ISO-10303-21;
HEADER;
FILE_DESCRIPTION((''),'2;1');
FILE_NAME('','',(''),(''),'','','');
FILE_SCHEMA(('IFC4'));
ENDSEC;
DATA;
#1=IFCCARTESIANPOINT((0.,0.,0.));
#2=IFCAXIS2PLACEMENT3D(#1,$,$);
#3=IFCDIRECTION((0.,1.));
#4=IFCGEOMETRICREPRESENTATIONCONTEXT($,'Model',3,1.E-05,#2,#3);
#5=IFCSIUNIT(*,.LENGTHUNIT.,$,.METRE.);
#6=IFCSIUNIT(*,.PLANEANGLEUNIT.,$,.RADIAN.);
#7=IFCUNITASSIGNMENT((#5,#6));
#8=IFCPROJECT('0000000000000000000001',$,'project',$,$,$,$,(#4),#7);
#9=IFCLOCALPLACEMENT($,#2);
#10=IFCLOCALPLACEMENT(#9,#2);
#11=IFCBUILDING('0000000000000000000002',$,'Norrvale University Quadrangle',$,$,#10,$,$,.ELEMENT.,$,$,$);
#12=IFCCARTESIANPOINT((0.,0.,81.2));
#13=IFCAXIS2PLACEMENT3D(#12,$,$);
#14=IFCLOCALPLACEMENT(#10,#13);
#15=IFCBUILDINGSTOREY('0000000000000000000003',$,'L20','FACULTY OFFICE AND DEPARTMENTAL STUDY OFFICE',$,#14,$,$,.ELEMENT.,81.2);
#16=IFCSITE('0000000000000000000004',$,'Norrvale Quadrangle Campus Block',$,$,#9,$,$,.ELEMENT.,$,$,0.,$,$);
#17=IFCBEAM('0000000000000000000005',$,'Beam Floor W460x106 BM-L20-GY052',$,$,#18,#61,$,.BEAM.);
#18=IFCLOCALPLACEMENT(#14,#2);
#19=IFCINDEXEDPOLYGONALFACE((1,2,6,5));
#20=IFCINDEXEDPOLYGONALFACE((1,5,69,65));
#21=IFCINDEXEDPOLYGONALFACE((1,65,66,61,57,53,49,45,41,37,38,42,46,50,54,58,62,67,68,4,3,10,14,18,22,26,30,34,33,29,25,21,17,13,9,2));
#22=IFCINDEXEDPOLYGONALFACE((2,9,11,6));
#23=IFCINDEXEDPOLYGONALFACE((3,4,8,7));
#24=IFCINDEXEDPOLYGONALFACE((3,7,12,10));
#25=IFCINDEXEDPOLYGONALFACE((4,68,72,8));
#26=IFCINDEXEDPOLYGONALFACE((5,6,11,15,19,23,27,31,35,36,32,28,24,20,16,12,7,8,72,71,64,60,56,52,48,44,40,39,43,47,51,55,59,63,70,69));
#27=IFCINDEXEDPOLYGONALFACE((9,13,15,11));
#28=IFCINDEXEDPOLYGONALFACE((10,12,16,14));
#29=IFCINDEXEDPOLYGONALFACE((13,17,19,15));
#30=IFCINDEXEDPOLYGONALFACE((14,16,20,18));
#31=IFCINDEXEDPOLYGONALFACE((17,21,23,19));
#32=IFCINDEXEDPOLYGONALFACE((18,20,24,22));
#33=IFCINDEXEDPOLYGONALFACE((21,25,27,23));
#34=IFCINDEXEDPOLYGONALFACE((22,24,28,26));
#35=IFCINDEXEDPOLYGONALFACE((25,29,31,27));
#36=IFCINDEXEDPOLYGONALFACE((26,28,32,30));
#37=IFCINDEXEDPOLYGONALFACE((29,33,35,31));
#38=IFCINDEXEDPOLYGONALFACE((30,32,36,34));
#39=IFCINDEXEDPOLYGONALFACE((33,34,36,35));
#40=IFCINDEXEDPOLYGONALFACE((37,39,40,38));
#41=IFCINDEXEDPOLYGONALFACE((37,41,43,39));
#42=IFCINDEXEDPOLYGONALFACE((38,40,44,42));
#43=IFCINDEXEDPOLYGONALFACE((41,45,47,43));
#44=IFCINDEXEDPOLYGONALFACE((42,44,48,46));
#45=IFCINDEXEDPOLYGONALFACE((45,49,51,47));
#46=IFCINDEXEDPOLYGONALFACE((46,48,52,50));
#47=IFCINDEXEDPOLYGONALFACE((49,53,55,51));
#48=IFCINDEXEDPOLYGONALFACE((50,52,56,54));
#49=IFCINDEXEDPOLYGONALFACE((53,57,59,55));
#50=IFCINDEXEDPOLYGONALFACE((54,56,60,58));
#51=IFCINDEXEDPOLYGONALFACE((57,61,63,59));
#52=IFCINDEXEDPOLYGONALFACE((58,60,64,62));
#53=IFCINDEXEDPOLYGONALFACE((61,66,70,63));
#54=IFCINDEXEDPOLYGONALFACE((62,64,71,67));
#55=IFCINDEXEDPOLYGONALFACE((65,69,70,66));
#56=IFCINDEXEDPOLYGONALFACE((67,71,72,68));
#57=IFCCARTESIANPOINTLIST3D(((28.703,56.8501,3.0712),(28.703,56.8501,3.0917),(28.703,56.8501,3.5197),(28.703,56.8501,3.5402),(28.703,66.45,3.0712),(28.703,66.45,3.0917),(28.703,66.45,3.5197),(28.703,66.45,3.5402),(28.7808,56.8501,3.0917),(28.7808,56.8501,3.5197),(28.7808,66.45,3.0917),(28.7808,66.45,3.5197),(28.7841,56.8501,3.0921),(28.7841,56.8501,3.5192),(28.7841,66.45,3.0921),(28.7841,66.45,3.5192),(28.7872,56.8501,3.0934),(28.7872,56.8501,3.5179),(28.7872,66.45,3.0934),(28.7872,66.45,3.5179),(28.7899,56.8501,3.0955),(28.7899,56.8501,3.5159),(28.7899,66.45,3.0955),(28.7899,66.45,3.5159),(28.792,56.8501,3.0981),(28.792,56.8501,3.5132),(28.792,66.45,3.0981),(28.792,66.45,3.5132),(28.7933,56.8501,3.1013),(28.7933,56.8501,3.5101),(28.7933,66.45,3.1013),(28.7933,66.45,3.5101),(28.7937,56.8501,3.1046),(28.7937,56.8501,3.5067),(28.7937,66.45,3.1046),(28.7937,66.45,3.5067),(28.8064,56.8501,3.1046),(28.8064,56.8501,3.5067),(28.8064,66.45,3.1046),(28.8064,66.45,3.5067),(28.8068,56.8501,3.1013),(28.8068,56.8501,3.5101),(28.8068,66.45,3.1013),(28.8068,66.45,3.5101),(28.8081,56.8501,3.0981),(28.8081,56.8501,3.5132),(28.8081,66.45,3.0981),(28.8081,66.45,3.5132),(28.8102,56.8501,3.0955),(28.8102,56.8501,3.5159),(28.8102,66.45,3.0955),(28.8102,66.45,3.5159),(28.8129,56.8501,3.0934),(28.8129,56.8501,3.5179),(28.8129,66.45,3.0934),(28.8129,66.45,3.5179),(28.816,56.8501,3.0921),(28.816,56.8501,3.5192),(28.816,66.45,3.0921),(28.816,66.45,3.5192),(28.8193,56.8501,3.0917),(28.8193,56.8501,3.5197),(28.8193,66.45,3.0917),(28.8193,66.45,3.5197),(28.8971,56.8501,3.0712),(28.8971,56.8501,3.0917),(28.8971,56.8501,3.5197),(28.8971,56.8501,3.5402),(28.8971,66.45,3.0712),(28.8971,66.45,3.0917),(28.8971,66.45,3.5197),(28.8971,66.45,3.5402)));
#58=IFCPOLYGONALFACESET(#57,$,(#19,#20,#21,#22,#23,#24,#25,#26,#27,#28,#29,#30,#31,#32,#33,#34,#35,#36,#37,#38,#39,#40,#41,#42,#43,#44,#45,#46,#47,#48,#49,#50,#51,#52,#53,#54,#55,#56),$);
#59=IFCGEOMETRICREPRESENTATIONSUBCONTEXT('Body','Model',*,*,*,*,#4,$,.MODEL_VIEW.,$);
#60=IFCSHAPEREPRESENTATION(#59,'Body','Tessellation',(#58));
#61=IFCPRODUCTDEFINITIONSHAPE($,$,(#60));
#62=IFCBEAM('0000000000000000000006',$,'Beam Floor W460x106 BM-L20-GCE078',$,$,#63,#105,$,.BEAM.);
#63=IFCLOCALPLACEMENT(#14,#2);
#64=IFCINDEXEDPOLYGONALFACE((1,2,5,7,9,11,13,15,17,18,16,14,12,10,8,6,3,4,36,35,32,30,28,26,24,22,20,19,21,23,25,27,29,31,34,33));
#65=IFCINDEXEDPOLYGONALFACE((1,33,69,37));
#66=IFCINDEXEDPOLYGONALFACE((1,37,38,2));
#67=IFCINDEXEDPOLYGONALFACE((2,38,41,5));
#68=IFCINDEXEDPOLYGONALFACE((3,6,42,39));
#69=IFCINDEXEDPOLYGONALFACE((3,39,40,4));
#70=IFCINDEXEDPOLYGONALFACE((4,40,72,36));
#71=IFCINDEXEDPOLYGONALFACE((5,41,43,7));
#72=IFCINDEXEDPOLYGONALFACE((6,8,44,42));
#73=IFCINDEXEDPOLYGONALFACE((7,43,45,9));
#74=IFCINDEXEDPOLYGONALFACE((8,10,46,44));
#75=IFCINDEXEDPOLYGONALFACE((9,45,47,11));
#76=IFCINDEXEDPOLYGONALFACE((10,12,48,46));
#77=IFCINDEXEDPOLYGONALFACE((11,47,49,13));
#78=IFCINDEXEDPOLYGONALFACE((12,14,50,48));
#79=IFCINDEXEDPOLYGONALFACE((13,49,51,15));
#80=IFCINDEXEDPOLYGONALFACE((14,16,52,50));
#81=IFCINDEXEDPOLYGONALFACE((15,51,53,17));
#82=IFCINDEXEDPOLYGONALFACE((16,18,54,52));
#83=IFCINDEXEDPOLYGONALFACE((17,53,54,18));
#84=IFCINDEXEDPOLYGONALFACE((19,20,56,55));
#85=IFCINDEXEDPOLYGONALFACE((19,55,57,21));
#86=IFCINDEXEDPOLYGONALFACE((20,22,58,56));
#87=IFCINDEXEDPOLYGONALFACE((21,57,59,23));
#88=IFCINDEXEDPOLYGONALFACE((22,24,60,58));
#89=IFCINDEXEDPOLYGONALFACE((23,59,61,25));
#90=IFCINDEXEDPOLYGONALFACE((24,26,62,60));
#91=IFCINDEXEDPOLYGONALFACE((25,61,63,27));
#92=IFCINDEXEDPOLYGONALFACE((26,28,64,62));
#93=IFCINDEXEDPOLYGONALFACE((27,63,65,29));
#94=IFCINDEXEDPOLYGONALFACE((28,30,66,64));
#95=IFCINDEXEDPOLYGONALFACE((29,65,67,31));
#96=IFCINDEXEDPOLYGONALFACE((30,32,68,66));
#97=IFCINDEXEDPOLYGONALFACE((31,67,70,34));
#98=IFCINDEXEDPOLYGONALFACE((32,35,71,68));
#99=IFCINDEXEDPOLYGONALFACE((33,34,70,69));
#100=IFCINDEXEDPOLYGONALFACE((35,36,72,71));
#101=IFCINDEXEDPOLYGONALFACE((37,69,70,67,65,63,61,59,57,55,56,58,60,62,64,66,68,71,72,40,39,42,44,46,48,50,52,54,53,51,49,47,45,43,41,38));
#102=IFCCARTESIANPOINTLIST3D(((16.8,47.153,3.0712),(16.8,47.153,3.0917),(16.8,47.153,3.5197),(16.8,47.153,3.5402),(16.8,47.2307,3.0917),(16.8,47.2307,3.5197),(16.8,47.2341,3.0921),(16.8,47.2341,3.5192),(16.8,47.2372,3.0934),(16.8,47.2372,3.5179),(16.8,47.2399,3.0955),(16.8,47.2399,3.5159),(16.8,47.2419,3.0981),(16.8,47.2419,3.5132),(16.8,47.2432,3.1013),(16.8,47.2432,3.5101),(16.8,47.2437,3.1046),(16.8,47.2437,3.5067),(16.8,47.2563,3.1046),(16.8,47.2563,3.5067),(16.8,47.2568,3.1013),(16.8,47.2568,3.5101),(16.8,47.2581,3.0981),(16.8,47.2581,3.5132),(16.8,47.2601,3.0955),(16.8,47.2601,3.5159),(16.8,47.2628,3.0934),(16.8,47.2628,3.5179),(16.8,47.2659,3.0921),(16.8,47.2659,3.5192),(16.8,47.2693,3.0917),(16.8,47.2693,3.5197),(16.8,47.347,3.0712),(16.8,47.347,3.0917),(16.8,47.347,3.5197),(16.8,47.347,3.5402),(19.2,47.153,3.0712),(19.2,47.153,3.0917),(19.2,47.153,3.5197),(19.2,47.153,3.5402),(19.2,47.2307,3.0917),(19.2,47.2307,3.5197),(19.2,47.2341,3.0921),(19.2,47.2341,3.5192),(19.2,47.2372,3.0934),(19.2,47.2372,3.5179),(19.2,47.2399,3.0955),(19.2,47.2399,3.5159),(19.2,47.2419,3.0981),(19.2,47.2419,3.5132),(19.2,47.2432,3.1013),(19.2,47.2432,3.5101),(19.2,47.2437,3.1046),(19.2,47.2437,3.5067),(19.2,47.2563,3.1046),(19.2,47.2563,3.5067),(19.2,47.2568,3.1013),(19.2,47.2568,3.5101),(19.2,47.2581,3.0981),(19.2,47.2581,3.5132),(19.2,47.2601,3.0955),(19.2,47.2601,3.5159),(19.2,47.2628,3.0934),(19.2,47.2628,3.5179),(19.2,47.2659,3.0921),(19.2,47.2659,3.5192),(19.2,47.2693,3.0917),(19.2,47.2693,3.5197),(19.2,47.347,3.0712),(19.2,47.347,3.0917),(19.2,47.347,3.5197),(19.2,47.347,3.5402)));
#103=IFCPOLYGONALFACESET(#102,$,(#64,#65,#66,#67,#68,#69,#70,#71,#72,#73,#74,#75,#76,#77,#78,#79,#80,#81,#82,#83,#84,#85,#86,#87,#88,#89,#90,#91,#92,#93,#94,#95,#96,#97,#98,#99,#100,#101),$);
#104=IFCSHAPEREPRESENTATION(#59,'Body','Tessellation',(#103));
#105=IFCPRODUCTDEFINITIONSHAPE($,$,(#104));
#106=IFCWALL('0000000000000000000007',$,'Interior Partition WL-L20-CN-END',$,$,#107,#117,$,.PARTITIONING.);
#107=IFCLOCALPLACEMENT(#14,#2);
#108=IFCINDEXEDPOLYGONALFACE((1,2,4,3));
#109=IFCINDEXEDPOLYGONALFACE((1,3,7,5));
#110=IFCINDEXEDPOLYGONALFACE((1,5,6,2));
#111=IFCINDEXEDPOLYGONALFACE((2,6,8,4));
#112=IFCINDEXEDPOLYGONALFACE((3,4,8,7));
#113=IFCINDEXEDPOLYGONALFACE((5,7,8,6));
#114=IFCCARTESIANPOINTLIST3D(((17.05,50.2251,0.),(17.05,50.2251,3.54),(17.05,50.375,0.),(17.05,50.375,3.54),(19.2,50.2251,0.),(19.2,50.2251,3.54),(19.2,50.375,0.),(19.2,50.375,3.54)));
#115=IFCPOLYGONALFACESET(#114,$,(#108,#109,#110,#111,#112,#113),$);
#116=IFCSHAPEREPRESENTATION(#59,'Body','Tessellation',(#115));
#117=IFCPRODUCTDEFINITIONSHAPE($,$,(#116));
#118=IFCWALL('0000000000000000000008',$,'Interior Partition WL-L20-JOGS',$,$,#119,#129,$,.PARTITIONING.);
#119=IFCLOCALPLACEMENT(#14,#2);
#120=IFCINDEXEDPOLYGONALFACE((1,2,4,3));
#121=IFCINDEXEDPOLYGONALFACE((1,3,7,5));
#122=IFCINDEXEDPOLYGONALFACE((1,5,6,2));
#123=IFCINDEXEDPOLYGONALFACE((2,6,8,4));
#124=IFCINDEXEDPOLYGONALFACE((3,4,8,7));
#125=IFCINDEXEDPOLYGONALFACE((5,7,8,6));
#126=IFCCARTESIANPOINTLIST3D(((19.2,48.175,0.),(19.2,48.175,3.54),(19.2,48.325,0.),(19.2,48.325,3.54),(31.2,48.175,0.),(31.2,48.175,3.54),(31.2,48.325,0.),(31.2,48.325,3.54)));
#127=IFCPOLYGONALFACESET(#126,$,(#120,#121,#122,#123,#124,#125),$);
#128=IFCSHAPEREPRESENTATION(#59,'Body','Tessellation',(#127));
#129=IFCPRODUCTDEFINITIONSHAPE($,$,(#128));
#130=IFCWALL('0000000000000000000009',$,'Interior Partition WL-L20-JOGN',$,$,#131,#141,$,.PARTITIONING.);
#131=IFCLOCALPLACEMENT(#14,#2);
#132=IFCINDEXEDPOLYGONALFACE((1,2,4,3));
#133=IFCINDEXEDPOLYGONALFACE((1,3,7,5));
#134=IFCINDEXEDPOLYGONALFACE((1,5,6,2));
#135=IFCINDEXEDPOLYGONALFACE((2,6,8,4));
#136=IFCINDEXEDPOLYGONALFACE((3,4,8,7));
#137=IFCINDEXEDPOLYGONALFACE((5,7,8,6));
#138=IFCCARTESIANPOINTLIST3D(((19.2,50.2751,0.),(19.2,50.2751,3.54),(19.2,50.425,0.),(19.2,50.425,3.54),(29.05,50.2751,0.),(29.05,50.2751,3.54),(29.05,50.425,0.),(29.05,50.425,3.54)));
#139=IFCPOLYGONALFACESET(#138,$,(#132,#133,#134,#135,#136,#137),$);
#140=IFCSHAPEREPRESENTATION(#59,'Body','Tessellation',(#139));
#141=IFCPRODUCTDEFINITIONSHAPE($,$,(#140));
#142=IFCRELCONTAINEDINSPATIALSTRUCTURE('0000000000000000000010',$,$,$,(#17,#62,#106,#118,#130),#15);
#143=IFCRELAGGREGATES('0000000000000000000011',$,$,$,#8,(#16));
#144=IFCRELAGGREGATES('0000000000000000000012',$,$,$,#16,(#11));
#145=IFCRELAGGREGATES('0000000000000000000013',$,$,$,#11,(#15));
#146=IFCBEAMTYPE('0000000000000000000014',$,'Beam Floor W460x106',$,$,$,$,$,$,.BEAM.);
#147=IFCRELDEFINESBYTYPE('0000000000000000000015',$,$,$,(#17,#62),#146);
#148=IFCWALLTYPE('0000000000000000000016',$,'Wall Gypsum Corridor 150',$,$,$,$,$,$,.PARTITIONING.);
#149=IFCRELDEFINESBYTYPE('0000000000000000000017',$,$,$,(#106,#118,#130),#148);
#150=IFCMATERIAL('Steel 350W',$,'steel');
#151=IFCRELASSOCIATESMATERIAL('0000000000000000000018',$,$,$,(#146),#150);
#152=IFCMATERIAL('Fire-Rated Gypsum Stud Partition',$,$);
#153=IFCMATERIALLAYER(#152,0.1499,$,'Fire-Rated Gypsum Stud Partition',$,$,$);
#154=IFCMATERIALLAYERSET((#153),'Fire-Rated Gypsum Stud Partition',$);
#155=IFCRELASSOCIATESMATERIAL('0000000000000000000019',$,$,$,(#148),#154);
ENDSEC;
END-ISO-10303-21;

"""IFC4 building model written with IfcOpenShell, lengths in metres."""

from ifc_helpers import new_model, si_unit, direction, frame, frame_2d, origin, origin_2d, place, context, subcontext, project, spatial, rectangle, i_section, extrude, material, layer, layer_set, material_profile, profile_set, type_object, element, save


model = new_model("IFC4")

# Units and contexts
model_context = context("Model", 3, precision=1e-05, world=origin(), true_north=direction((0.0, 1.0)))
body_context = subcontext(model_context, "Body", "Model", "MODEL_VIEW")
ifc_project = project(units=[si_unit("LENGTHUNIT", "METRE"), si_unit("PLANEANGLEUNIT", "RADIAN")], contexts=[model_context])

# Site, building, storey
site_placement = place(None, origin())
site = spatial("IfcSite", under=ifc_project, at=site_placement, Name="Norrvale Quadrangle Campus Block", CompositionType="ELEMENT", RefElevation=0.0)
building_placement = place(site_placement, origin())
building = spatial("IfcBuilding", under=site, at=building_placement, Name="Norrvale University Quadrangle", CompositionType="ELEMENT")
storey_placement = place(building_placement, frame((0.0, 0.0, 81.2)))
storey = spatial("IfcBuildingStorey", under=building, at=storey_placement, Name="L20", Description="FACULTY OFFICE AND DEPARTMENTAL STUDY OFFICE", CompositionType="ELEMENT", Elevation=81.2)

# Beams
ifc_material_1 = material(Name="Steel 350W", Category="steel")
ifc_material_profile_1 = material_profile(ifc_material_1, i_section(OverallWidth=0.1941, OverallDepth=0.469, WebThickness=0.0127, FlangeThickness=0.0205, FilletRadius=0.0129, at=origin_2d()), Name="Steel 350W")
ifc_profile_set_1 = profile_set([ifc_material_profile_1], Name="Steel 350W")
beam_type_1 = type_object("IfcBeamType", Name="Beam Floor W460x106", PredefinedType="BEAM", material=ifc_profile_set_1)
beam_1_placement = place(storey_placement, frame((28.8, 56.8501, 3.3057), z_axis=(0.0, 1.0, 0.0), x_axis=(-1.0, 0.0, 0.0)))
element("IfcBeam", 1, at=beam_1_placement, inside=storey, type_object=beam_type_1, Name="Beam Floor W460x106 BM-L20-GY052", PredefinedType="BEAM", context=body_context, shape_type="SweptSolid", body=[
    extrude(i_section(OverallWidth=0.1941, OverallDepth=0.469, WebThickness=0.0127, FlangeThickness=0.0205, FilletRadius=0.0129, at=origin_2d()), origin(), (0.0, 0.0, 1.0), 9.5999),
])
beam_2_placement = place(storey_placement, frame((16.8, 47.25, 3.3057), z_axis=(1.0, 0.0, 0.0), x_axis=(0.0, 1.0, 0.0)))
element("IfcBeam", 2, at=beam_2_placement, inside=storey, type_object=beam_type_1, Name="Beam Floor W460x106 BM-L20-GCE078", PredefinedType="BEAM", context=body_context, shape_type="SweptSolid", body=[
    extrude(i_section(OverallWidth=0.1941, OverallDepth=0.469, WebThickness=0.0127, FlangeThickness=0.0205, FilletRadius=0.0129, at=origin_2d()), origin(), (0.0, 0.0, 1.0), 2.3999),
])

# Walls
ifc_material_2 = material(Name="Fire-Rated Gypsum Stud Partition")
ifc_layer = layer(ifc_material_2, 0.1499, Name="Fire-Rated Gypsum Stud Partition")
ifc_layer_set = layer_set([ifc_layer], Name="Fire-Rated Gypsum Stud Partition")
wall_type = type_object("IfcWallType", Name="Wall Gypsum Corridor 150", PredefinedType="PARTITIONING", material=ifc_layer_set)
wall_1_placement = place(storey_placement, frame((17.05, 50.3, 0.0), z_axis=(0.0, 0.0, 1.0), x_axis=(1.0, 0.0, 0.0)))
element("IfcWall", 3, at=wall_1_placement, inside=storey, type_object=wall_type, Name="Interior Partition WL-L20-CN-END", PredefinedType="PARTITIONING", context=body_context, shape_type="SweptSolid", body=[
    extrude(rectangle(XDim=2.1499, YDim=0.1499, at=frame_2d((1.075, 0.0))), origin(), (0.0, 0.0, 1.0), 3.54),
])
wall_2_placement = place(storey_placement, frame((19.2, 48.25, 0.0), z_axis=(0.0, 0.0, 1.0), x_axis=(1.0, 0.0, 0.0)))
element("IfcWall", 4, at=wall_2_placement, inside=storey, type_object=wall_type, Name="Interior Partition WL-L20-JOGS", PredefinedType="PARTITIONING", context=body_context, shape_type="SweptSolid", body=[
    extrude(rectangle(XDim=12.0, YDim=0.1499, at=frame_2d((6.0, 0.0))), origin(), (0.0, 0.0, 1.0), 3.54),
])
wall_3_placement = place(storey_placement, frame((19.2, 50.3501, 0.0), z_axis=(0.0, 0.0, 1.0), x_axis=(1.0, 0.0, 0.0)))
element("IfcWall", 5, at=wall_3_placement, inside=storey, type_object=wall_type, Name="Interior Partition WL-L20-JOGN", PredefinedType="PARTITIONING", context=body_context, shape_type="SweptSolid", body=[
    extrude(rectangle(XDim=9.8501, YDim=0.1499, at=frame_2d((4.925, 0.0))), origin(), (0.0, 0.0, 1.0), 3.54),
])

save(model, "model.ifc")
